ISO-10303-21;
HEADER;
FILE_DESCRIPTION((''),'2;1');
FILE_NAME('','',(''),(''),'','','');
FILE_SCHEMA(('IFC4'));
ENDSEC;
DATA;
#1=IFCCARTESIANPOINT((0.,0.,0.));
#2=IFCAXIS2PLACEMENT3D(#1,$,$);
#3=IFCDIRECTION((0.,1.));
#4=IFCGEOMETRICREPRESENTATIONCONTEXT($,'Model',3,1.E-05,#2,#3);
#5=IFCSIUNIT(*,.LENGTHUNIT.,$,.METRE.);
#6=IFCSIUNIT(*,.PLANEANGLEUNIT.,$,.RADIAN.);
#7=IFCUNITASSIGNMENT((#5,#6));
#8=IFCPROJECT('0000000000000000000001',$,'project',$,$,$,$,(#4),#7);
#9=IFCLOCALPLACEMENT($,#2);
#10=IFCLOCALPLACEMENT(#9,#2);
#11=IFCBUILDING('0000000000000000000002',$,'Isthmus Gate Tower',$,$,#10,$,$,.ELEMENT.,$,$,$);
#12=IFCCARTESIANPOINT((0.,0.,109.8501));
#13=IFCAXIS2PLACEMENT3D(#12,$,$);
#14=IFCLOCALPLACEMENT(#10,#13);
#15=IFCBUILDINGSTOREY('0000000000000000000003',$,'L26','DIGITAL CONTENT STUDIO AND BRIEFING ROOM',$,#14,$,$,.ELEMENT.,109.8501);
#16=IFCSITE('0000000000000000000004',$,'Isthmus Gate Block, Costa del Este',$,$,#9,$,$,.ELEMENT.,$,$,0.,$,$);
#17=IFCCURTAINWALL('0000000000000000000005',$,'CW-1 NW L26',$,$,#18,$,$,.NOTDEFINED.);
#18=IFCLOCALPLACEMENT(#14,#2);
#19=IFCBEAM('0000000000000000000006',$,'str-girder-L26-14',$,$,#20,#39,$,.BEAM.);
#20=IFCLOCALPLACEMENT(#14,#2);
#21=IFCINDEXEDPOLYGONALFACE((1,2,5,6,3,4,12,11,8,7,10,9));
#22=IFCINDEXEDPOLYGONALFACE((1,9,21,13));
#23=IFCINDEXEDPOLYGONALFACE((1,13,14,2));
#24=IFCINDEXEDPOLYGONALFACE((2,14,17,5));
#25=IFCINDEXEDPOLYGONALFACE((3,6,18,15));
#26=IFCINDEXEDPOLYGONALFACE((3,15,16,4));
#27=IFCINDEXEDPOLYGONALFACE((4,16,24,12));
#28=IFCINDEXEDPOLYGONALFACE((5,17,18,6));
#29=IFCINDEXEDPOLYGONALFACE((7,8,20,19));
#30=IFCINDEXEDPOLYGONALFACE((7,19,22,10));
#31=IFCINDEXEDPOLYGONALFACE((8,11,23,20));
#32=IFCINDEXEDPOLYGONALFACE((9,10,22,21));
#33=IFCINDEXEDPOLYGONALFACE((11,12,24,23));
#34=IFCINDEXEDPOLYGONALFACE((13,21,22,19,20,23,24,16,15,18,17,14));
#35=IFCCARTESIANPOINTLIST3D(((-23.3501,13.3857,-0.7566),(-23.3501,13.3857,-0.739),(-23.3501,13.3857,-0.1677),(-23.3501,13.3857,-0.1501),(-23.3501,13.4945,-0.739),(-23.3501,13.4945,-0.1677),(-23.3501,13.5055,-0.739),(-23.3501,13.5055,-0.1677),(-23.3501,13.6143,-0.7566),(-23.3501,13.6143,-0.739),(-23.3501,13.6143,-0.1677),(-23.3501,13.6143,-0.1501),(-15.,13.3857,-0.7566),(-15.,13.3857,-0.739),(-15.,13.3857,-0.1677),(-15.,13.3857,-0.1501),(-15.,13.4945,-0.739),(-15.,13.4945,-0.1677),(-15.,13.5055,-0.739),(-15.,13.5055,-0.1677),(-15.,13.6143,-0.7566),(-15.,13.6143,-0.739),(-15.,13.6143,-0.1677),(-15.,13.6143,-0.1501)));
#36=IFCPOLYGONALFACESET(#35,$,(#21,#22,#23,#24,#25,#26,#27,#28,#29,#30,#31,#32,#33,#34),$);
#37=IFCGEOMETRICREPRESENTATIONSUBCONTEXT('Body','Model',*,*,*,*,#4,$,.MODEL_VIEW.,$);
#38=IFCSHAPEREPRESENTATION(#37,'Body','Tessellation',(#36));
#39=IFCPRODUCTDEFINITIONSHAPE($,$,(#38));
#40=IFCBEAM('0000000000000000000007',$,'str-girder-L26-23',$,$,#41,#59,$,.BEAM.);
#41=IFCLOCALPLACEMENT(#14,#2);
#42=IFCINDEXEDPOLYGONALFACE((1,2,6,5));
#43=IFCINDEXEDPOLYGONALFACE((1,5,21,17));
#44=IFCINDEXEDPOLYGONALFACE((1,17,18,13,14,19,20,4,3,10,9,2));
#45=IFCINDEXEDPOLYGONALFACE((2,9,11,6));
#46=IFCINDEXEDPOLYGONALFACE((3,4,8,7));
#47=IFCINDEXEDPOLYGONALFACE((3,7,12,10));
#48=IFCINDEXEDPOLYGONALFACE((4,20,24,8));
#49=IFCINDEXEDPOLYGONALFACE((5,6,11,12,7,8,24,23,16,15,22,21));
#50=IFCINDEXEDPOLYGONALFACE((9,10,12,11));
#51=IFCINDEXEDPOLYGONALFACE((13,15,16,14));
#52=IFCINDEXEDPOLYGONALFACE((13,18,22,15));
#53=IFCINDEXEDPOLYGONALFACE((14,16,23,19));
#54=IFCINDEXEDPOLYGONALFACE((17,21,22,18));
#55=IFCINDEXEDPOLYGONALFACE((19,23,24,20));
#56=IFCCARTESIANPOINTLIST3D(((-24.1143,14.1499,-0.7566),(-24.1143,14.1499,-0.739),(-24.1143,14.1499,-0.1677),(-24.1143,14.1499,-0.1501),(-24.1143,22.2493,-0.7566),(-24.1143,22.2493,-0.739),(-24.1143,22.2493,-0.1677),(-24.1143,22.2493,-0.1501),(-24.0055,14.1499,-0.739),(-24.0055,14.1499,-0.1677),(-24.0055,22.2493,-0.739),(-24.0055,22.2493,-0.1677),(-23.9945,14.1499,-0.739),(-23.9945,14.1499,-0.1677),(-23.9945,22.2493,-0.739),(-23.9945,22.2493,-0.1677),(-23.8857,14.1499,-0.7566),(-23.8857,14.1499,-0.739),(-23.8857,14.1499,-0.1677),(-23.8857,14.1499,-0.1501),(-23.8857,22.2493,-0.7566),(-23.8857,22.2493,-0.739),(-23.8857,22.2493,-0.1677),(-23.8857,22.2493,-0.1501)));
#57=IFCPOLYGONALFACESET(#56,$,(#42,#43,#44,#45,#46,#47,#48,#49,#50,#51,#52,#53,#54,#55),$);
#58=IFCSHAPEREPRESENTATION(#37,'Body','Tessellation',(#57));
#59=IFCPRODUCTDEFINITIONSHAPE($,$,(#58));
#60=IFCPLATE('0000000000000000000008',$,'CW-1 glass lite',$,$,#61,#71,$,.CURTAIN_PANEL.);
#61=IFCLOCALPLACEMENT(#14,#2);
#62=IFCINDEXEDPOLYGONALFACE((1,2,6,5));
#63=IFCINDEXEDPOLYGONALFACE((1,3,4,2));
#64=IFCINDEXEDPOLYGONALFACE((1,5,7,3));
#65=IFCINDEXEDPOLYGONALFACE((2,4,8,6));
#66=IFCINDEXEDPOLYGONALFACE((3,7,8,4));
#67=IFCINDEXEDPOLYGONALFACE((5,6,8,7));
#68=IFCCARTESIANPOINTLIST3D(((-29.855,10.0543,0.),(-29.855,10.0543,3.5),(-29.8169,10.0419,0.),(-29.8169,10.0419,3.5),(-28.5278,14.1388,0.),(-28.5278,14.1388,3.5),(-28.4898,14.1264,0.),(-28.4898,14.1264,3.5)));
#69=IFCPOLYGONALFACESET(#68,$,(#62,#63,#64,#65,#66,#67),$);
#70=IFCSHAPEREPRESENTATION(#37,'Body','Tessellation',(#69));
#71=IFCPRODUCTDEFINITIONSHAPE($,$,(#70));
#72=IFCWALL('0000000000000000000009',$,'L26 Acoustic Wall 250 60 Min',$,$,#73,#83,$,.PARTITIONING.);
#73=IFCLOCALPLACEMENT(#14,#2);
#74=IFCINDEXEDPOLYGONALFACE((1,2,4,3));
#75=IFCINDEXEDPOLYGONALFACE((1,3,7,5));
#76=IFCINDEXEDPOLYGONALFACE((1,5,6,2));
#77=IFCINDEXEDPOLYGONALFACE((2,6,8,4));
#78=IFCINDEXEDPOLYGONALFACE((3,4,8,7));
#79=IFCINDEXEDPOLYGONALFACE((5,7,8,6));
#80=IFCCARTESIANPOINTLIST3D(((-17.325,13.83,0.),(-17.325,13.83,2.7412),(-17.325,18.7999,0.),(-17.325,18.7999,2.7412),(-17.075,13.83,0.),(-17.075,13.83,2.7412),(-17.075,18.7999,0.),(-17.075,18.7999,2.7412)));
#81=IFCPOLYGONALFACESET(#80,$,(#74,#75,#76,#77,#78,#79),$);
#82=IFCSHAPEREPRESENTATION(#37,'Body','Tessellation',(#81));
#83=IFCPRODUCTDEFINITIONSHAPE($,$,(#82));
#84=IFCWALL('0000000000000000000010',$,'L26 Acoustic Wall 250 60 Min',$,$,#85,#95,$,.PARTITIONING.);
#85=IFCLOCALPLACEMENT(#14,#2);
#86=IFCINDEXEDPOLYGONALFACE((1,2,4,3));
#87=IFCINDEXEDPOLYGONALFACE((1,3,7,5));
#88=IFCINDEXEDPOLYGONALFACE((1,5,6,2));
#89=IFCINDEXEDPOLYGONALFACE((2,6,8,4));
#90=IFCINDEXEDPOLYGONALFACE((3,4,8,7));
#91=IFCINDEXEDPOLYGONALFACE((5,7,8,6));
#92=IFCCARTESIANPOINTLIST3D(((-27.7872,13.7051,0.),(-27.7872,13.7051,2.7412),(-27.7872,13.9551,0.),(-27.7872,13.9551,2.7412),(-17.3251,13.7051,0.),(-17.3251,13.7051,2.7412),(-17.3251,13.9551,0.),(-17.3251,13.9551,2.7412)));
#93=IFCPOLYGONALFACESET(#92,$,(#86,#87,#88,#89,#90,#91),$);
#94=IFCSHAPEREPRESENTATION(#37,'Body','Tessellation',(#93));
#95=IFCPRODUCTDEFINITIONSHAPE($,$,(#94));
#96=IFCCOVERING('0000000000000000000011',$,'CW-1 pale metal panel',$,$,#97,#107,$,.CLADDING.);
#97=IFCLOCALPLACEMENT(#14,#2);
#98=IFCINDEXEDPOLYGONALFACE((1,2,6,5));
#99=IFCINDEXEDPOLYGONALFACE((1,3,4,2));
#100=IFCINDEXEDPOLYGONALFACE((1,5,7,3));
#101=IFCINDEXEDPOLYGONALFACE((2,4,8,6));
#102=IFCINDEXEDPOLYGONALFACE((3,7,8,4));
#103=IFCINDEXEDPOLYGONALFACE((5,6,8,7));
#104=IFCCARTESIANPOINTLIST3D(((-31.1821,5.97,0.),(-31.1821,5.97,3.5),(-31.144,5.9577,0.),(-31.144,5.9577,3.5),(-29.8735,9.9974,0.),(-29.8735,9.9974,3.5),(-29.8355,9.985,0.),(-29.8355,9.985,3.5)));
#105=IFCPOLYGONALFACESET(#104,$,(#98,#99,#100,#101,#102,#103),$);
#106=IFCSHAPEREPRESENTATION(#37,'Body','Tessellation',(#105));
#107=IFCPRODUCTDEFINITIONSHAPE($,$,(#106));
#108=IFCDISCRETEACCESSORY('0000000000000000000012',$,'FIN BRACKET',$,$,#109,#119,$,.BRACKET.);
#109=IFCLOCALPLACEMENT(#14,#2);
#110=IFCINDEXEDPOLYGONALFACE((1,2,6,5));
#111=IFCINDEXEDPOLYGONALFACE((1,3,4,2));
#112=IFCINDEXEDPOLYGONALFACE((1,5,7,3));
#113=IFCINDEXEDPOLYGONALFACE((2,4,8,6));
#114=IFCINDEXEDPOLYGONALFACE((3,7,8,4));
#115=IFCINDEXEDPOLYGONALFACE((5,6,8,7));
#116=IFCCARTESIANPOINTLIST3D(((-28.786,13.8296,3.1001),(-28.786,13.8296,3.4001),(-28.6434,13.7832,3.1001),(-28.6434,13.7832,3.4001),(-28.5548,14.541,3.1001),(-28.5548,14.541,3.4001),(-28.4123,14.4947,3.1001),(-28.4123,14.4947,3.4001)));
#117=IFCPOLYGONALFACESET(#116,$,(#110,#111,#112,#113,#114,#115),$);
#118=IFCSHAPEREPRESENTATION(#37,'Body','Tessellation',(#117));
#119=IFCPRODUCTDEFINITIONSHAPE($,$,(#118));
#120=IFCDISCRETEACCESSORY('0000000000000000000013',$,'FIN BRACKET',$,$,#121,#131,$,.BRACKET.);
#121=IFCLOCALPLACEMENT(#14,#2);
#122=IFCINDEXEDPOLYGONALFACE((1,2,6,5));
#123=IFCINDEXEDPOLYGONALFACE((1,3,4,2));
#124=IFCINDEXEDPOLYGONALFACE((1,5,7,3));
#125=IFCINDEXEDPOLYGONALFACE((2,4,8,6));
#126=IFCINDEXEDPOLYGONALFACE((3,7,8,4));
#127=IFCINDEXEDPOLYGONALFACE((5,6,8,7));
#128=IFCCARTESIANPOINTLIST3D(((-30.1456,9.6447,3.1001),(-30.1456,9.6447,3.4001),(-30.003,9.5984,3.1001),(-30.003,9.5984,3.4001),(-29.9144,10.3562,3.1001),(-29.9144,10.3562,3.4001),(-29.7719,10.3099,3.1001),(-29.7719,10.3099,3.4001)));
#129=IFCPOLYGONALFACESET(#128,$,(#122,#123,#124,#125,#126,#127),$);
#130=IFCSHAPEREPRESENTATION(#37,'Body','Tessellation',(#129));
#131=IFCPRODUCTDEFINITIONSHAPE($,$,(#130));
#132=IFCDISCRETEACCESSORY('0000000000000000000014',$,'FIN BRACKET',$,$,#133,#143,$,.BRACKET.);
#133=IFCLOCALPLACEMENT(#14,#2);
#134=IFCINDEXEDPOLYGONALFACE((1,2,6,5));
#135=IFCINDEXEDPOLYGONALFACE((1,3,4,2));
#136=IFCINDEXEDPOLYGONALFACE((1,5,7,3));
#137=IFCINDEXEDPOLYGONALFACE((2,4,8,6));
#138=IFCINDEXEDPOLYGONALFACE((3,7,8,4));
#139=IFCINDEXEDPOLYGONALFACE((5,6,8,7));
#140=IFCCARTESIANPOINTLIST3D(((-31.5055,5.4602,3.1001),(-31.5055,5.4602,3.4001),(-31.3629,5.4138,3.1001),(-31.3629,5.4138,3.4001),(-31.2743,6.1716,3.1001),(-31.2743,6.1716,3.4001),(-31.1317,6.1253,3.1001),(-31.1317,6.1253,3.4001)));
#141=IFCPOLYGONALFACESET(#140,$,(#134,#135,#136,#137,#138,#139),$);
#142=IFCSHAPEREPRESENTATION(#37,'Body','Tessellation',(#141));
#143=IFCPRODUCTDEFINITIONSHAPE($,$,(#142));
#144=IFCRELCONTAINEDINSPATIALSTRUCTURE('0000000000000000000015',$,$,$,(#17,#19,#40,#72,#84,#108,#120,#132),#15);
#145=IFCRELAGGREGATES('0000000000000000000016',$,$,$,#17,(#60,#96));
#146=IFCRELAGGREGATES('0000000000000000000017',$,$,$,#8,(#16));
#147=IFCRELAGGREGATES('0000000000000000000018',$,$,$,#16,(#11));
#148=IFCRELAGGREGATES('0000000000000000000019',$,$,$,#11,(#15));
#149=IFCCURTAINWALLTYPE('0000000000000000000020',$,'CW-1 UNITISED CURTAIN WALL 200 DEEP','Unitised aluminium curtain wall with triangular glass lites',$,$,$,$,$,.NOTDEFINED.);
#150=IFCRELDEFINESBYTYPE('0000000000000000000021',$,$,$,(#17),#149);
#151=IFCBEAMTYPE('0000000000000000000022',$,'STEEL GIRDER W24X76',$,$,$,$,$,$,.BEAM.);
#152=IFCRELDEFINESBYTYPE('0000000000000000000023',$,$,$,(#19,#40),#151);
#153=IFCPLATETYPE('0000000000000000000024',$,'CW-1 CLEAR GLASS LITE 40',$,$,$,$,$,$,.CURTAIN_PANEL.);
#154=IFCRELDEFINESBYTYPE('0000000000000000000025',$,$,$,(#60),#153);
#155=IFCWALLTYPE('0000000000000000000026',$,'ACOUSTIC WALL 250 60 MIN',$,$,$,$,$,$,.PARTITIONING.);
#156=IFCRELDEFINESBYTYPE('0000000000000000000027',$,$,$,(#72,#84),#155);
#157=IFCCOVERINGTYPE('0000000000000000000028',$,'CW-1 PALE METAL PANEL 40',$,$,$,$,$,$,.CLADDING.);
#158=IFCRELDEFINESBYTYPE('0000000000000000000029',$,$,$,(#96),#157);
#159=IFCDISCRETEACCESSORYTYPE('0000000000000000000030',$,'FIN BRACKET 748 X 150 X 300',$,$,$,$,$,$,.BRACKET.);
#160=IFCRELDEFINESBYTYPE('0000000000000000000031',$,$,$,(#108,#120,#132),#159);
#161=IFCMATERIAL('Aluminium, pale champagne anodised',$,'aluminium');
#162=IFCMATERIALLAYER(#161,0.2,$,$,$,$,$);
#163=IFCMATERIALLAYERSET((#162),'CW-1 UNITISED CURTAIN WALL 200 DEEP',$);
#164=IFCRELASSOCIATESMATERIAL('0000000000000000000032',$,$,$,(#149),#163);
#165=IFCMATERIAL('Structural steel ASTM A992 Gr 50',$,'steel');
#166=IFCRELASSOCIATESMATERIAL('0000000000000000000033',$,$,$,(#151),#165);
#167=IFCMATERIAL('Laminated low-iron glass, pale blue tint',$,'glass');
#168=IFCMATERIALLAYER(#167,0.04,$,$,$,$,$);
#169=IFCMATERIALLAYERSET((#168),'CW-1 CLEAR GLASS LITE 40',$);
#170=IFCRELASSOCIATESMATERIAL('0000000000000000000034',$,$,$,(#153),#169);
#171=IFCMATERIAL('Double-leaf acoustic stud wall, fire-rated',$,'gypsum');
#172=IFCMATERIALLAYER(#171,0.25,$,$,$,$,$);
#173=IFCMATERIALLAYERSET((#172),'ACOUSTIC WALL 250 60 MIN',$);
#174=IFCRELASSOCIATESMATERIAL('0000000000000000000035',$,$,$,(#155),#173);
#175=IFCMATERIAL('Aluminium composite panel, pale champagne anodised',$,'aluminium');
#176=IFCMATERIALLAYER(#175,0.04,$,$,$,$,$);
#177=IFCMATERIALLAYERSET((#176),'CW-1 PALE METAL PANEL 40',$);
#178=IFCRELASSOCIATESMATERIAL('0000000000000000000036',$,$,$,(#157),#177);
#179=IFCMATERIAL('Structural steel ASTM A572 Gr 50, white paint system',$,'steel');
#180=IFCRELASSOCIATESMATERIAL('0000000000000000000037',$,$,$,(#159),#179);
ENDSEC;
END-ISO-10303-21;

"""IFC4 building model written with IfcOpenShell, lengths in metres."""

from ifc_helpers import new_model, si_unit, direction, frame, frame_2d, origin, origin_2d, place, context, subcontext, project, spatial, rectangle, i_section, extrude, material, layer, layer_set, material_profile, profile_set, type_object, element, aggregate, save


model = new_model("IFC4")

# Units and contexts
model_context = context("Model", 3, precision=1e-05, world=origin(), true_north=direction((0.0, 1.0)))
body_context = subcontext(model_context, "Body", "Model", "MODEL_VIEW")
ifc_project = project(units=[si_unit("LENGTHUNIT", "METRE"), si_unit("PLANEANGLEUNIT", "RADIAN")], contexts=[model_context])

# Site, building, storey
site_placement = place(None, origin())
site = spatial("IfcSite", under=ifc_project, at=site_placement, Name="Isthmus Gate Block, Costa del Este", CompositionType="ELEMENT", RefElevation=0.0)
building_placement = place(site_placement, origin())
building = spatial("IfcBuilding", under=site, at=building_placement, Name="Isthmus Gate Tower", CompositionType="ELEMENT")
storey_placement = place(building_placement, frame((0.0, 0.0, 109.8501)))
storey = spatial("IfcBuildingStorey", under=building, at=storey_placement, Name="L26", Description="DIGITAL CONTENT STUDIO AND BRIEFING ROOM", CompositionType="ELEMENT", Elevation=109.8501)

# Curtain wall
ifc_material_1 = material(Name="Aluminium, pale champagne anodised", Category="aluminium")
ifc_layer_1 = layer(ifc_material_1, 0.2)
ifc_layer_set_1 = layer_set([ifc_layer_1], Name="CW-1 UNITISED CURTAIN WALL 200 DEEP")
curtain_wall_type = type_object("IfcCurtainWallType", Name="CW-1 UNITISED CURTAIN WALL 200 DEEP", Description="Unitised aluminium curtain wall with triangular glass lites", PredefinedType="NOTDEFINED", material=ifc_layer_set_1)
curtain_wall_placement = place(storey_placement, origin())
curtain_wall = element("IfcCurtainWall", 1, at=curtain_wall_placement, inside=storey, type_object=curtain_wall_type, Name="CW-1 NW L26", PredefinedType="NOTDEFINED")

# Beams
ifc_material_2 = material(Name="Structural steel ASTM A992 Gr 50", Category="steel")
ifc_material_profile_1 = material_profile(ifc_material_2, i_section(OverallWidth=0.2285, OverallDepth=0.6064, WebThickness=0.011, FlangeThickness=0.0176, at=origin_2d()), Name="W24X76")
ifc_profile_set_1 = profile_set([ifc_material_profile_1], Name="Structural steel ASTM A992 Gr 50")
beam_type_1 = type_object("IfcBeamType", Name="STEEL GIRDER W24X76", PredefinedType="BEAM", material=ifc_profile_set_1)
for number, where, z_axis, x_axis, name in (
    (2, (-23.3501, 13.5, -0.4534), (1.0, 0.0, 0.0), (0.0, 1.0, 0.0), "str-girder-L26-14"),
):
    element("IfcBeam", number, at=place(storey_placement, frame(where, z_axis=z_axis, x_axis=x_axis)), inside=storey, type_object=beam_type_1, Name=name, PredefinedType="BEAM", context=body_context, shape_type="SweptSolid", body=[
        extrude(i_section(OverallWidth=0.2285, OverallDepth=0.6064, WebThickness=0.011, FlangeThickness=0.0176, at=origin_2d()), origin(), (0.0, 0.0, 1.0), 8.3501),
    ])
beam_1_placement = place(storey_placement, frame((-24.0, 14.1499, -0.4534), z_axis=(0.0, 1.0, 0.0), x_axis=(-1.0, 0.0, 0.0)))
element("IfcBeam", 3, at=beam_1_placement, inside=storey, type_object=beam_type_1, Name="str-girder-L26-23", PredefinedType="BEAM", context=body_context, shape_type="SweptSolid", body=[
    extrude(i_section(OverallWidth=0.2285, OverallDepth=0.6064, WebThickness=0.011, FlangeThickness=0.0176, at=origin_2d()), origin(), (0.0, 0.0, 1.0), 8.0994),
])

# Plate
ifc_material_3 = material(Name="Laminated low-iron glass, pale blue tint", Category="glass")
ifc_layer_2 = layer(ifc_material_3, 0.04)
ifc_layer_set_2 = layer_set([ifc_layer_2], Name="CW-1 CLEAR GLASS LITE 40")
plate_type = type_object("IfcPlateType", Name="CW-1 CLEAR GLASS LITE 40", PredefinedType="CURTAIN_PANEL", material=ifc_layer_set_2)
plate_placement = place(storey_placement, frame((-29.1724, 12.0903, 0.0), z_axis=(0.0, 0.0, 1.0), x_axis=(-0.309017, -0.951057, 0.0)))
plate = element("IfcPlate", 4, at=plate_placement, type_object=plate_type, Name="CW-1 glass lite", PredefinedType="CURTAIN_PANEL", context=body_context, shape_type="SweptSolid", body=[
    extrude(rectangle(XDim=4.2947, YDim=0.04, at=origin_2d()), origin(), (0.0, 0.0, 1.0), 3.5),
])

# Walls
ifc_material_4 = material(Name="Double-leaf acoustic stud wall, fire-rated", Category="gypsum")
ifc_layer_3 = layer(ifc_material_4, 0.25)
ifc_layer_set_3 = layer_set([ifc_layer_3], Name="ACOUSTIC WALL 250 60 MIN")
wall_type = type_object("IfcWallType", Name="ACOUSTIC WALL 250 60 MIN", PredefinedType="PARTITIONING", material=ifc_layer_set_3)
wall_1_placement = place(storey_placement, frame((-17.2, 13.8301, 0.0), z_axis=(0.0, 0.0, 1.0), x_axis=(0.0, 1.0, 0.0)))
element("IfcWall", 5, at=wall_1_placement, inside=storey, type_object=wall_type, Name="L26 Acoustic Wall 250 60 Min", PredefinedType="PARTITIONING", context=body_context, shape_type="SweptSolid", body=[
    extrude(rectangle(XDim=4.97, YDim=0.25, at=frame_2d((2.4849, 0.0))), origin(), (0.0, 0.0, 1.0), 2.7412),
])
wall_2_placement = place(storey_placement, frame((-27.7871, 13.8301, 0.0), z_axis=(0.0, 0.0, 1.0), x_axis=(1.0, 0.0, 0.0)))
element("IfcWall", 6, at=wall_2_placement, inside=storey, type_object=wall_type, Name="L26 Acoustic Wall 250 60 Min", PredefinedType="PARTITIONING", context=body_context, shape_type="SweptSolid", body=[
    extrude(rectangle(XDim=10.4622, YDim=0.25, at=frame_2d((5.231, 0.0))), origin(), (0.0, 0.0, 1.0), 2.7412),
])

# Covering
ifc_material_5 = material(Name="Aluminium composite panel, pale champagne anodised", Category="aluminium")
ifc_layer_4 = layer(ifc_material_5, 0.04)
ifc_layer_set_4 = layer_set([ifc_layer_4], Name="CW-1 PALE METAL PANEL 40")
covering_type = type_object("IfcCoveringType", Name="CW-1 PALE METAL PANEL 40", PredefinedType="CLADDING", material=ifc_layer_set_4)
covering_placement = place(storey_placement, frame((-30.5088, 7.9775, 0.0), z_axis=(0.0, 0.0, 1.0), x_axis=(-0.309017, -0.951057, 0.0)))
covering = element("IfcCovering", 7, at=covering_placement, type_object=covering_type, Name="CW-1 pale metal panel", PredefinedType="CLADDING", context=body_context, shape_type="SweptSolid", body=[
    extrude(rectangle(XDim=4.2346, YDim=0.04, at=origin_2d()), origin(), (0.0, 0.0, 1.0), 3.5),
])
aggregate(curtain_wall, [plate, covering])

# Discrete accessories
ifc_material_6 = material(Name="Structural steel ASTM A572 Gr 50, white paint system", Category="steel")
discrete_accessory_type = type_object("IfcDiscreteAccessoryType", Name="FIN BRACKET 748 X 150 X 300", PredefinedType="BRACKET", material=ifc_material_6)
for number, where, z_axis, x_axis, name in (
    (8, (-28.5991, 14.1621, 3.1001), (0.0, 0.0, 1.0), (-0.951057, 0.309017, 0.0), "FIN BRACKET"),
    (9, (-29.9587, 9.9773, 3.1001), (0.0, 0.0, 1.0), (-0.951057, 0.309017, 0.0), "FIN BRACKET"),
    (10, (-31.3186, 5.7927, 3.1001), (0.0, 0.0, 1.0), (-0.951057, 0.309017, 0.0), "FIN BRACKET"),
):
    element("IfcDiscreteAccessory", number, at=place(storey_placement, frame(where, z_axis=z_axis, x_axis=x_axis)), inside=storey, type_object=discrete_accessory_type, Name=name, PredefinedType="BRACKET", context=body_context, shape_type="SweptSolid", body=[
        extrude(rectangle(XDim=0.1499, YDim=0.748, at=origin_2d()), origin(), (0.0, 0.0, 1.0), 0.3),
    ])

save(model, "model.ifc")
